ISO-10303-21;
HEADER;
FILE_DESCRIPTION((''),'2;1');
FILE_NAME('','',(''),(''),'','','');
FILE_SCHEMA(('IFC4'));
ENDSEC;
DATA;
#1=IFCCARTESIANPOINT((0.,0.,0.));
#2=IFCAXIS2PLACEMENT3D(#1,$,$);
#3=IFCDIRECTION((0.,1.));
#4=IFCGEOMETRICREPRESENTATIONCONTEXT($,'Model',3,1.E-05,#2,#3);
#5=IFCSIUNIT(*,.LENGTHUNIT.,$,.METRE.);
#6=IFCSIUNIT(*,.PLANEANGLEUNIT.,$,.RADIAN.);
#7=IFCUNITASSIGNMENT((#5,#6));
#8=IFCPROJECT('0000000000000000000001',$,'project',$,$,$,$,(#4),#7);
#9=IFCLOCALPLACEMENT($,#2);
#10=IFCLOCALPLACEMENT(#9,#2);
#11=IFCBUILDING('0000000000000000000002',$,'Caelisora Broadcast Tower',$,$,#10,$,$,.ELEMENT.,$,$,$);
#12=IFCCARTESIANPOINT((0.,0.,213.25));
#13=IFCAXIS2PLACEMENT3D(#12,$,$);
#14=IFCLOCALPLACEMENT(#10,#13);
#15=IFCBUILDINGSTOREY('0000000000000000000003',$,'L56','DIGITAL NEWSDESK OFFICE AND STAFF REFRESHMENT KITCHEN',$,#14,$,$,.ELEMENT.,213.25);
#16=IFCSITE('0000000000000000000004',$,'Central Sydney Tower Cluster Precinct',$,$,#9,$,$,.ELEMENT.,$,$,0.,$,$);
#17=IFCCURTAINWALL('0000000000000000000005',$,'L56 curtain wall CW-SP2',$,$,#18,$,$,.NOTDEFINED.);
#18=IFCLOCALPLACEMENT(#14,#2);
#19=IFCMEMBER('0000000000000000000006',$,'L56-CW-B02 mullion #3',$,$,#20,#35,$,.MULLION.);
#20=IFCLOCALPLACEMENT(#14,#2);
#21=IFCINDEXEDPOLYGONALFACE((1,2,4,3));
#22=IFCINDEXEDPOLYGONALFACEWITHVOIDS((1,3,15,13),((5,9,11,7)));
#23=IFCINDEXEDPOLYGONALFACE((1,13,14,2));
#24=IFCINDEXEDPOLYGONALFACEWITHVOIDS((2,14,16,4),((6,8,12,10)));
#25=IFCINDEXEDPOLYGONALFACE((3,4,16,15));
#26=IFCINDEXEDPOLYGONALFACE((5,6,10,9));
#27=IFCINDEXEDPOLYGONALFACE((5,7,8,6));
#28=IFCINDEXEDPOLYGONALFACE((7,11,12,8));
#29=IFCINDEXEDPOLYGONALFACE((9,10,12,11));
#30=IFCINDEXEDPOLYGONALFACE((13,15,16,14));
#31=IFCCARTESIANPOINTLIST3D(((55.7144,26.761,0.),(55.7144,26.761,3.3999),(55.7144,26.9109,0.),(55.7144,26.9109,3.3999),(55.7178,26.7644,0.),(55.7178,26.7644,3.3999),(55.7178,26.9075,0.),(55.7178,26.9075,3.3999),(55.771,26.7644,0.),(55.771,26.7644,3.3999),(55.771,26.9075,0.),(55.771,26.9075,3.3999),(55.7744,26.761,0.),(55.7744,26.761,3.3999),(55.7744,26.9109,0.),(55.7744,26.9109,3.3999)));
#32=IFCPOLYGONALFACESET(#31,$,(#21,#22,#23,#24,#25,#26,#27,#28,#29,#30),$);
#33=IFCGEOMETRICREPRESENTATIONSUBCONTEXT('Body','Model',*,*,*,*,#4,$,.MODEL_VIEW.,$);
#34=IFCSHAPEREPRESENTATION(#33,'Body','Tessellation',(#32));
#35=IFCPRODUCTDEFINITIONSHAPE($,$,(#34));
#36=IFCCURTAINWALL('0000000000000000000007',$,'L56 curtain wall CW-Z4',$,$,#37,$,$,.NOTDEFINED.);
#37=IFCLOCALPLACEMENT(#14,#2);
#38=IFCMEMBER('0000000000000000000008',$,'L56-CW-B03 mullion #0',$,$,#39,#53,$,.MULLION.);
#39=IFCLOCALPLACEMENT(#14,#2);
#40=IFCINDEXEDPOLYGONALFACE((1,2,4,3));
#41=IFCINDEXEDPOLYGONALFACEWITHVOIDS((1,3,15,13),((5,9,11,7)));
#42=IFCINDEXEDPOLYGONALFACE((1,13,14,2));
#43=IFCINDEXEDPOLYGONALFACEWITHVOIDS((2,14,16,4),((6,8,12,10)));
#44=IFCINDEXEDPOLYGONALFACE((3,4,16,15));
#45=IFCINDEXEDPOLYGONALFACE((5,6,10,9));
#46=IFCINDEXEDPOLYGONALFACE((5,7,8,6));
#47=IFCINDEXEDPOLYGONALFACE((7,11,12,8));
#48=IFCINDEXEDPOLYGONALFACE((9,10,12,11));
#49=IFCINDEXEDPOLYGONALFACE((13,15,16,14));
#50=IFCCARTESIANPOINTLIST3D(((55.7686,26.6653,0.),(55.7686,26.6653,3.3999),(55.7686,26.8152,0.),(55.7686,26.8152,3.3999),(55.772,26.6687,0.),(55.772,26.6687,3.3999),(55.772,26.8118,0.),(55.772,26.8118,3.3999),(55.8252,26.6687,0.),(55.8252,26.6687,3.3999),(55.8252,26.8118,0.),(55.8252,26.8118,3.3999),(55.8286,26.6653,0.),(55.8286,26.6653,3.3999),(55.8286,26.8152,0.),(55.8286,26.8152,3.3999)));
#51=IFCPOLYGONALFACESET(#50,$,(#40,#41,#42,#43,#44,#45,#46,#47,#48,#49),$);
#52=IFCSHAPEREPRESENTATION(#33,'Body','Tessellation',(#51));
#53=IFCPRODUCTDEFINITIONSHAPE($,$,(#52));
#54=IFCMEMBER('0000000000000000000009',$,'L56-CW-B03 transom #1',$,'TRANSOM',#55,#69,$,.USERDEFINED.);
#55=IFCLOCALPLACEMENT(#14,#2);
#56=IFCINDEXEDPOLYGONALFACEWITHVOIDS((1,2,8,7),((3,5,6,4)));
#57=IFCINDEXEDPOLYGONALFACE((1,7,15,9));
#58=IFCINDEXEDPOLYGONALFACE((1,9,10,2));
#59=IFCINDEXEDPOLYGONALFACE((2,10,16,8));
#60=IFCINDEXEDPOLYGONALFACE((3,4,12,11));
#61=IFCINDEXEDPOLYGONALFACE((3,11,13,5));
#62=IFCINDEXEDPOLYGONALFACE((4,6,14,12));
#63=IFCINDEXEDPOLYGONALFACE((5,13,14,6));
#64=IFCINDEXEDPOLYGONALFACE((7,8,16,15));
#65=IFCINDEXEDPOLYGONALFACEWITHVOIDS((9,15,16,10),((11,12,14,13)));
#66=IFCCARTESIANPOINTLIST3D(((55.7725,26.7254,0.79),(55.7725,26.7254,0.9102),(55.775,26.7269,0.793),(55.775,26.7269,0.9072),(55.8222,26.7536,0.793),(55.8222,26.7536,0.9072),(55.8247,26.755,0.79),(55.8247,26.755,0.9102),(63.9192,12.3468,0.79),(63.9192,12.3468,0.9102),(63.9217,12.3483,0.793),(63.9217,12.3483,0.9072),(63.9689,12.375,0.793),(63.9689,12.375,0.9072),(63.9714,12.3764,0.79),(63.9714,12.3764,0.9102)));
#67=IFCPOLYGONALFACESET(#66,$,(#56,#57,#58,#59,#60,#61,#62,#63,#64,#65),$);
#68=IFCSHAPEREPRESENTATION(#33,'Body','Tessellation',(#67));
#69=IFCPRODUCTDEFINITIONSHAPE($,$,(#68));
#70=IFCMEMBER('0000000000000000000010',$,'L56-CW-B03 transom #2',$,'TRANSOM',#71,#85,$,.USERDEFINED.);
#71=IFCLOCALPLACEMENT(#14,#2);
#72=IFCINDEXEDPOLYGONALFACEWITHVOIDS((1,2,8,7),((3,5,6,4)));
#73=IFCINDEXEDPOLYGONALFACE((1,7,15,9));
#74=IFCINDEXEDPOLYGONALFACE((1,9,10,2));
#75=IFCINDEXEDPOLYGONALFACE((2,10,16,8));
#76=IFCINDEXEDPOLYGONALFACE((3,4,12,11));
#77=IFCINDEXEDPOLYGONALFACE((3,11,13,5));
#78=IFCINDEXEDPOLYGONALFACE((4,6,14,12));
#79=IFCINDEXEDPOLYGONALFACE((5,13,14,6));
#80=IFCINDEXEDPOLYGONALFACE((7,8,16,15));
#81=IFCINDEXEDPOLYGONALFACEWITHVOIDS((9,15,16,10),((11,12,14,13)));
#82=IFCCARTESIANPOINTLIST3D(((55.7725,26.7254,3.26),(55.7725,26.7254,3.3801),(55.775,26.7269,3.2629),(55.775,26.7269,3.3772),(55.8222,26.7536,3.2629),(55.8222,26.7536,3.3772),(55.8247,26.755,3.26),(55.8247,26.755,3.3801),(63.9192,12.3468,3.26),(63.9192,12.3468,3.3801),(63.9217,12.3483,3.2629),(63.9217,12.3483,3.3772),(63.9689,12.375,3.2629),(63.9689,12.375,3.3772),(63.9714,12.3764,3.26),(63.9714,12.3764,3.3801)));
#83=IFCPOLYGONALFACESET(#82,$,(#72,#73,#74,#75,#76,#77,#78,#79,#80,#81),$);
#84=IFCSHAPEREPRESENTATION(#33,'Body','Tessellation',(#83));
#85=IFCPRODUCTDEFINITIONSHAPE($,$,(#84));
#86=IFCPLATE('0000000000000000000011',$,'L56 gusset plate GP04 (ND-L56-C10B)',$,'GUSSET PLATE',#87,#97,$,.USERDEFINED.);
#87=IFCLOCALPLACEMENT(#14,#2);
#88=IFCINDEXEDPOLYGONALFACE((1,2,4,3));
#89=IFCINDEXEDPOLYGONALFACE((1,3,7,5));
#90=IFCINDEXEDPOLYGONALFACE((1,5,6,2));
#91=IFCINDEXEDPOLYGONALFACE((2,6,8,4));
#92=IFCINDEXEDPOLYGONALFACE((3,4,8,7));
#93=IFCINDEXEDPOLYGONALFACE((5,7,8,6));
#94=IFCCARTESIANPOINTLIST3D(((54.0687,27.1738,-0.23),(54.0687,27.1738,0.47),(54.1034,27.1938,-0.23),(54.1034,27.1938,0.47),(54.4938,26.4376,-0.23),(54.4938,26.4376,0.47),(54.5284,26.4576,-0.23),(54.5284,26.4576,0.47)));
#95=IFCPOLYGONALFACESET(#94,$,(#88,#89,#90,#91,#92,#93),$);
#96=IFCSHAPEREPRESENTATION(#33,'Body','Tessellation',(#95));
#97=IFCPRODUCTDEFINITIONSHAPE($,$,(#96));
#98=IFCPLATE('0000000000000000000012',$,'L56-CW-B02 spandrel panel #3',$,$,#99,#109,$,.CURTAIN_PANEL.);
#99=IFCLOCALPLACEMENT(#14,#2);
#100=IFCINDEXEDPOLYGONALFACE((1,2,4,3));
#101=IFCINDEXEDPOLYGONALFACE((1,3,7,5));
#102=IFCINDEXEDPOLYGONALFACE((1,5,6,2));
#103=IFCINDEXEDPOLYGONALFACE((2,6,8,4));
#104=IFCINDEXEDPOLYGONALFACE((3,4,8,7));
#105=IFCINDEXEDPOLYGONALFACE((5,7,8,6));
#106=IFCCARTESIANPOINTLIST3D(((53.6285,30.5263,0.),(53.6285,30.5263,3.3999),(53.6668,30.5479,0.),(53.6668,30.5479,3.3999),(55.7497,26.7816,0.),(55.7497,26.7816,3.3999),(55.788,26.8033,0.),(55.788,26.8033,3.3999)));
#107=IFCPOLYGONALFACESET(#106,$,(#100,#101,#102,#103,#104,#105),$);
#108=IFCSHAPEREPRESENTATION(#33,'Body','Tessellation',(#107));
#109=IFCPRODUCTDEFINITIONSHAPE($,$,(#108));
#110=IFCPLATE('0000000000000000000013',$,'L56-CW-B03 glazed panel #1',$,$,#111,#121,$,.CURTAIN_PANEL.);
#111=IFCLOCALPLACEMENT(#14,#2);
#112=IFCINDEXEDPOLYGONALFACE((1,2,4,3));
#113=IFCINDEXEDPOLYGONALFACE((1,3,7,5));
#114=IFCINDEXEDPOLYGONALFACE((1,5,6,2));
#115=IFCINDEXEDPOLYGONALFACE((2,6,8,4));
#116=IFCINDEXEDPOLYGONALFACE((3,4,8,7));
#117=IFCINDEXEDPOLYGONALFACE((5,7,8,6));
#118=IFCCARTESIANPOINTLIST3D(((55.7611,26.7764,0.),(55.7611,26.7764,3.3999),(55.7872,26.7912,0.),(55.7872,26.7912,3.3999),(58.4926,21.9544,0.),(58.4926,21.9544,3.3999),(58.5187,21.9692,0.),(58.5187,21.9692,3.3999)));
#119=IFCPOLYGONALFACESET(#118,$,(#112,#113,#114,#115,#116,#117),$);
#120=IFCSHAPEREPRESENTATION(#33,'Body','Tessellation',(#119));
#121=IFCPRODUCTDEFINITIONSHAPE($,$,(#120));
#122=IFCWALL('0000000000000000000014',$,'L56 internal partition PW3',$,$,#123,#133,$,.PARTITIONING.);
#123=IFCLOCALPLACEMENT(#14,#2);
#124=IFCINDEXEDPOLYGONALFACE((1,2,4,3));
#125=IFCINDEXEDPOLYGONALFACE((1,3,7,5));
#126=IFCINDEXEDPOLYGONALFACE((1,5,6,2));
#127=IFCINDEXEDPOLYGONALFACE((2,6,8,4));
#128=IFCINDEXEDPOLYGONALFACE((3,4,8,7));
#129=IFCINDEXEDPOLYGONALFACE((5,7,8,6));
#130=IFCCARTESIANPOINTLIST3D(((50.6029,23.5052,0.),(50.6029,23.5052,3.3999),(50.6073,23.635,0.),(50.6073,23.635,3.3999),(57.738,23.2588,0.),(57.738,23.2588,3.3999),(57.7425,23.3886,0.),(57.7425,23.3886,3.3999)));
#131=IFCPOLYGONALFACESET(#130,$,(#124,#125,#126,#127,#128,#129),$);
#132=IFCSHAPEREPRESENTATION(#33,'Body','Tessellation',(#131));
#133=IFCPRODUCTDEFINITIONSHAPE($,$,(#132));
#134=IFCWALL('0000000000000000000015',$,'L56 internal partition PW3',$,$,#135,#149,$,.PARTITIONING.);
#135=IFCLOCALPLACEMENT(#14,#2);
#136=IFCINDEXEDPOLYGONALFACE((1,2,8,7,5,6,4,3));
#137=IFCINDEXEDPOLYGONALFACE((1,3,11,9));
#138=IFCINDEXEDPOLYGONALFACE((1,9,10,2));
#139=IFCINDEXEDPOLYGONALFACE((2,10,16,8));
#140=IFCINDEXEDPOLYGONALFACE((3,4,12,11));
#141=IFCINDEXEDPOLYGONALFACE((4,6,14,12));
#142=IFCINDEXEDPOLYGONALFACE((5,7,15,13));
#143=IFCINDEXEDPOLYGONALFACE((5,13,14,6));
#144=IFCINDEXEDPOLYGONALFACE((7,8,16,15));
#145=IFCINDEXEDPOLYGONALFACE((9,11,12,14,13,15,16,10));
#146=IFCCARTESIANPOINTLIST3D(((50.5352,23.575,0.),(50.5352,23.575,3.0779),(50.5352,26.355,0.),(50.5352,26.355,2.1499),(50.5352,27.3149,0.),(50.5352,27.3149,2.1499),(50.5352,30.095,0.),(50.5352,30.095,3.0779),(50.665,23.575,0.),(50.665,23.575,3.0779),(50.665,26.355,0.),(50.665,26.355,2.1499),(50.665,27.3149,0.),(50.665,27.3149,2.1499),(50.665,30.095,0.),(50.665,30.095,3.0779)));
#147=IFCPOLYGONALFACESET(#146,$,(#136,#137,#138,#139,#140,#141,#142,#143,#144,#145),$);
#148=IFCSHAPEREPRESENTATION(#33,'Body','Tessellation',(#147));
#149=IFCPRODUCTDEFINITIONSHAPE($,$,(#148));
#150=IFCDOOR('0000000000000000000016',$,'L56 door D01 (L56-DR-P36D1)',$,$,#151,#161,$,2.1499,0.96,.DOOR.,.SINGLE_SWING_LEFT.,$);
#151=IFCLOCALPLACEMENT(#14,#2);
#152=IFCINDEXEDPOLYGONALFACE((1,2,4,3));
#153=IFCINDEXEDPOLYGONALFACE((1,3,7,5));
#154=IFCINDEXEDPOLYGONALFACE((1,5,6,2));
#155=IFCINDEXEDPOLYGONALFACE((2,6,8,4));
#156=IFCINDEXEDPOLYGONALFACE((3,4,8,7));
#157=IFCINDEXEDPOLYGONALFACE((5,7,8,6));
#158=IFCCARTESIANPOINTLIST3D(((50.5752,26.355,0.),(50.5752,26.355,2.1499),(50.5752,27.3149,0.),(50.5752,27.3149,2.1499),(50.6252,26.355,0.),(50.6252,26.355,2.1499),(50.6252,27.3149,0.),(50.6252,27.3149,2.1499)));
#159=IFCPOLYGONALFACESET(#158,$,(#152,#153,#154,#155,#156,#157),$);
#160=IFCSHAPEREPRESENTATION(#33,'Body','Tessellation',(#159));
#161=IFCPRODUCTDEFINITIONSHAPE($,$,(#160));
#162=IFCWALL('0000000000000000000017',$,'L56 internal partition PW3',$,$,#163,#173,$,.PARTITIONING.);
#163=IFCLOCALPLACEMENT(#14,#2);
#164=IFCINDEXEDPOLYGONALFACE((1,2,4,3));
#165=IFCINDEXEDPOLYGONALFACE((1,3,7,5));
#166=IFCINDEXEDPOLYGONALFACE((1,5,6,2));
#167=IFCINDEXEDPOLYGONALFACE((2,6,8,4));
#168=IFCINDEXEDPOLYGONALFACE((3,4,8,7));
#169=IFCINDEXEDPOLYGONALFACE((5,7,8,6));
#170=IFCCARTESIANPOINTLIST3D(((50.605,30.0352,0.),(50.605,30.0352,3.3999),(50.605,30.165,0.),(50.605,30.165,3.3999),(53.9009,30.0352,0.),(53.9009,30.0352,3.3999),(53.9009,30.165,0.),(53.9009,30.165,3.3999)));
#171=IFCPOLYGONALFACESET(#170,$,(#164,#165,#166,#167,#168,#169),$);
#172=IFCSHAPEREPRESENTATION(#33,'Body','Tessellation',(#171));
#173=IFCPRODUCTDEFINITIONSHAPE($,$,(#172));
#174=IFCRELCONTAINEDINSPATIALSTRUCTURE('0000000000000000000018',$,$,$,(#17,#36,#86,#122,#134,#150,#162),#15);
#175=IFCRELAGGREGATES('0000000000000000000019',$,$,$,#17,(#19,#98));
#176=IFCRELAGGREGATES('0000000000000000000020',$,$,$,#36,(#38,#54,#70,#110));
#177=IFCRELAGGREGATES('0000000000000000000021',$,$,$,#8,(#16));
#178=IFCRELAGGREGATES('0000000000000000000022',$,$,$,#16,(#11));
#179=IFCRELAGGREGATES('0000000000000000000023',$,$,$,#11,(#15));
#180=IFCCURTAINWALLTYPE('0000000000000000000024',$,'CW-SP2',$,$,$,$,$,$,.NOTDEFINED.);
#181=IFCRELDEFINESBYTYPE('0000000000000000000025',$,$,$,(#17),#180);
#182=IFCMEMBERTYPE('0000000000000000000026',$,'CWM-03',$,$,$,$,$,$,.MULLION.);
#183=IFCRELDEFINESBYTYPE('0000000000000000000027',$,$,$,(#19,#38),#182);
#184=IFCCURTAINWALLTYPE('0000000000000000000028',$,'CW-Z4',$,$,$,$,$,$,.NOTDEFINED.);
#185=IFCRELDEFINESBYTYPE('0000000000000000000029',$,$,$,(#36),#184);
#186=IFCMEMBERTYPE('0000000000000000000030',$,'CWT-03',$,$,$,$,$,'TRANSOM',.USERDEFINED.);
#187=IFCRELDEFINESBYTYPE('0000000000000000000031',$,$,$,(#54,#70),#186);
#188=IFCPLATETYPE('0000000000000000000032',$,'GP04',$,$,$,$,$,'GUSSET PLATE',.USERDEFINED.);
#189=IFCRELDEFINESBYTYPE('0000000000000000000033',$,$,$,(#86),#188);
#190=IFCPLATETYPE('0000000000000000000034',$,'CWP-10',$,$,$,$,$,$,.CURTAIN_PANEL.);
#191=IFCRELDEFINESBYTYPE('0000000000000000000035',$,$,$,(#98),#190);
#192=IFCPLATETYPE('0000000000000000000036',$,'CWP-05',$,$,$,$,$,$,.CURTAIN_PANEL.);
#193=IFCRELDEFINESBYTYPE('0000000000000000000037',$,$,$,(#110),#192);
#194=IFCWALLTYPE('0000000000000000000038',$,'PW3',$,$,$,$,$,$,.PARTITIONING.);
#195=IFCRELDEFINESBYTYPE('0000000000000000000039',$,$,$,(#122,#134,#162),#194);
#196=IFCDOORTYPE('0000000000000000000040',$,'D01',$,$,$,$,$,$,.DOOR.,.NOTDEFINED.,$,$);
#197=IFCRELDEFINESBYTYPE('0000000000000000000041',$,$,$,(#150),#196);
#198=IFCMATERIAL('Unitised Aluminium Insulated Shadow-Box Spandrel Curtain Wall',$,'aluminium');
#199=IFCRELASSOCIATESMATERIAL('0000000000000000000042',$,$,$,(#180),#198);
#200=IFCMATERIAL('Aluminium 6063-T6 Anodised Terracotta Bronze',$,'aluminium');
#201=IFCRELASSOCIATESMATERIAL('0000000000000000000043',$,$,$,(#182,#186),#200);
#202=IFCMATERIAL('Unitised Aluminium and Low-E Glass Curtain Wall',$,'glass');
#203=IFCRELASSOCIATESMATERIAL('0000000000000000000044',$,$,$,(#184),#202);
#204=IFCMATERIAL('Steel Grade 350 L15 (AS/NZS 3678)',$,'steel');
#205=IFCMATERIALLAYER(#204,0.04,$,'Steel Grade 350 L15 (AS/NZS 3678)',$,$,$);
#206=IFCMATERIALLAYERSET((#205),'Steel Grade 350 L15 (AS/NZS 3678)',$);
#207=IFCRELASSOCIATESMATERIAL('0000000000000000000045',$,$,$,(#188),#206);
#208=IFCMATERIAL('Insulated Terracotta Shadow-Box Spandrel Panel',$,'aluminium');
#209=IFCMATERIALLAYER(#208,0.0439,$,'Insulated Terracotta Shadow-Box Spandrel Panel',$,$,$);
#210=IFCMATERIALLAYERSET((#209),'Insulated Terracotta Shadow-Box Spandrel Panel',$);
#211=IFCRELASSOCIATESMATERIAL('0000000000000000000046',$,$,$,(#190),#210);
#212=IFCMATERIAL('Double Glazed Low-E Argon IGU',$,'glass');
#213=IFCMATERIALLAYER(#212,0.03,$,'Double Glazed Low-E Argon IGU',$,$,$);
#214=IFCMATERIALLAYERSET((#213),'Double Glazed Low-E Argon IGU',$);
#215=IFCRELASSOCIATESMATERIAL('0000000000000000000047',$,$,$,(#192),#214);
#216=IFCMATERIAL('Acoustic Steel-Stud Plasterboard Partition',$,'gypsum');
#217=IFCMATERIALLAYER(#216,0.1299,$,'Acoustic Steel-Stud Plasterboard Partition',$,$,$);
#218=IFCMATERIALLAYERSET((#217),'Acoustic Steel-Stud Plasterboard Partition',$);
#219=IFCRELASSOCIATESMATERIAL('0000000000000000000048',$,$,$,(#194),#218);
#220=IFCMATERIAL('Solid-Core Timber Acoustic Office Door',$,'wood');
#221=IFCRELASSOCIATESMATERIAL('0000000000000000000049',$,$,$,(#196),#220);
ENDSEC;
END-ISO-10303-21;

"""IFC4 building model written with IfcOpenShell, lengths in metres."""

from ifc_helpers import new_model, si_unit, direction, frame, frame_2d, origin, origin_2d, place, context, subcontext, project, spatial, rectangle, hollow_rectangle, extrude, source, transform, mapped, material, layer, layer_set, material_profile, profile_set, type_object, type_shapes, element, fill, aggregate, save


model = new_model("IFC4")

# Units and contexts
model_context = context("Model", 3, precision=1e-05, world=origin(), true_north=direction((0.0, 1.0)))
body_context = subcontext(model_context, "Body", "Model", "MODEL_VIEW")
ifc_project = project(units=[si_unit("LENGTHUNIT", "METRE"), si_unit("PLANEANGLEUNIT", "RADIAN")], contexts=[model_context])

# Site, building, storey
site_placement = place(None, origin())
site = spatial("IfcSite", under=ifc_project, at=site_placement, Name="Central Sydney Tower Cluster Precinct", CompositionType="ELEMENT", RefElevation=0.0)
building_placement = place(site_placement, origin())
building = spatial("IfcBuilding", under=site, at=building_placement, Name="Caelisora Broadcast Tower", CompositionType="ELEMENT")
storey_placement = place(building_placement, frame((0.0, 0.0, 213.25)))
storey = spatial("IfcBuildingStorey", under=building, at=storey_placement, Name="L56", Description="DIGITAL NEWSDESK OFFICE AND STAFF REFRESHMENT KITCHEN", CompositionType="ELEMENT", Elevation=213.25)

# Shared definitions
ifc_material_1 = material(Name="Steel Grade 350 L15 (AS/NZS 3678)", Category="steel")

# Curtain walls, members
ifc_material_2 = material(Name="Unitised Aluminium Insulated Shadow-Box Spandrel Curtain Wall", Category="aluminium")
curtain_wall_type_1 = type_object("IfcCurtainWallType", Name="CW-SP2", PredefinedType="NOTDEFINED", material=ifc_material_2)
curtain_wall_1_placement = place(storey_placement, origin())
curtain_wall_1 = element("IfcCurtainWall", 1, at=curtain_wall_1_placement, inside=storey, type_object=curtain_wall_type_1, Name="L56 curtain wall CW-SP2", PredefinedType="NOTDEFINED")
ifc_material_3 = material(Name="Aluminium 6063-T6 Anodised Terracotta Bronze", Category="aluminium")
ifc_material_profile_1 = material_profile(ifc_material_3, hollow_rectangle(XDim=0.0601, YDim=0.1499, WallThickness=0.0034, at=origin_2d()), Name="Aluminium 6063-T6 Anodised Terracotta Bronze")
ifc_profile_set_1 = profile_set([ifc_material_profile_1], Name="Aluminium 6063-T6 Anodised Terracotta Bronze")
member_type_1 = type_object("IfcMemberType", Name="CWM-03", PredefinedType="MULLION", material=ifc_profile_set_1)
shared_shape_1 = source(origin(), body_context, "Body", "SweptSolid", [
    extrude(hollow_rectangle(XDim=0.0601, YDim=0.1499, WallThickness=0.0034, at=origin_2d()), origin(), (0.0, 0.0, 1.0), 3.3999),
])
type_shapes(member_type_1, [shared_shape_1])
member_1_placement = place(storey_placement, frame((55.7444, 26.8359, 0.0), z_axis=(0.0, 0.0, 1.0), x_axis=(1.0, 0.0, 0.0)))
member_1 = element("IfcMember", 2, at=member_1_placement, type_object=member_type_1, Name="L56-CW-B02 mullion #3", PredefinedType="MULLION", context=body_context, shape_type="MappedRepresentation", body=[
    mapped(shared_shape_1, transform((0.0, 0.0, 0.0), scale=1.0)),
])
ifc_material_4 = material(Name="Unitised Aluminium and Low-E Glass Curtain Wall", Category="glass")
curtain_wall_type_2 = type_object("IfcCurtainWallType", Name="CW-Z4", PredefinedType="NOTDEFINED", material=ifc_material_4)
curtain_wall_2_placement = place(storey_placement, origin())
curtain_wall_2 = element("IfcCurtainWall", 3, at=curtain_wall_2_placement, inside=storey, type_object=curtain_wall_type_2, Name="L56 curtain wall CW-Z4", PredefinedType="NOTDEFINED")
member_2_placement = place(storey_placement, frame((55.7986, 26.7402, 0.0), z_axis=(0.0, 0.0, 1.0), x_axis=(1.0, 0.0, 0.0)))
member_2 = element("IfcMember", 4, at=member_2_placement, type_object=member_type_1, Name="L56-CW-B03 mullion #0", PredefinedType="MULLION", context=body_context, shape_type="MappedRepresentation", body=[
    mapped(shared_shape_1, transform((0.0, 0.0, 0.0), scale=1.0)),
])
ifc_material_profile_2 = material_profile(ifc_material_3, hollow_rectangle(XDim=0.0601, YDim=0.1201, WallThickness=0.0029, at=origin_2d()), Name="Aluminium 6063-T6 Anodised Terracotta Bronze")
ifc_profile_set_2 = profile_set([ifc_material_profile_2], Name="Aluminium 6063-T6 Anodised Terracotta Bronze")
member_type_2 = type_object("IfcMemberType", Name="CWT-03", ElementType="TRANSOM", PredefinedType="USERDEFINED", material=ifc_profile_set_2)
shared_shape_2 = source(origin(), body_context, "Body", "SweptSolid", [
    extrude(hollow_rectangle(XDim=0.0601, YDim=0.1201, WallThickness=0.0029, at=origin_2d()), origin(), (0.0, 0.0, 1.0), 16.5261),
])
type_shapes(member_type_2, [shared_shape_2])
member_3_placement = place(storey_placement, frame((55.7986, 26.7402, 0.8501), z_axis=(0.492959, -0.870053, 0.0), x_axis=(0.870053, 0.492959, 0.0)))
member_3 = element("IfcMember", 5, at=member_3_placement, type_object=member_type_2, Name="L56-CW-B03 transom #1", ObjectType="TRANSOM", PredefinedType="USERDEFINED", context=body_context, shape_type="MappedRepresentation", body=[
    mapped(shared_shape_2, transform((0.0, 0.0, 0.0), scale=1.0)),
])
member_4_placement = place(storey_placement, frame((55.7986, 26.7402, 3.3201), z_axis=(0.492959, -0.870053, 0.0), x_axis=(0.870053, 0.492959, 0.0)))
member_4 = element("IfcMember", 6, at=member_4_placement, type_object=member_type_2, Name="L56-CW-B03 transom #2", ObjectType="TRANSOM", PredefinedType="USERDEFINED", context=body_context, shape_type="MappedRepresentation", body=[
    mapped(shared_shape_2, transform((0.0, 0.0, 0.0), scale=1.0)),
])

# Plates
ifc_layer_1 = layer(ifc_material_1, 0.04, Name="Steel Grade 350 L15 (AS/NZS 3678)")
ifc_layer_set_1 = layer_set([ifc_layer_1], Name="Steel Grade 350 L15 (AS/NZS 3678)")
plate_type_1 = type_object("IfcPlateType", Name="GP04", ElementType="GUSSET PLATE", PredefinedType="USERDEFINED", material=ifc_layer_set_1)
shared_shape_3 = source(origin(), body_context, "Body", "SweptSolid", [
    extrude(rectangle(XDim=0.8501, YDim=0.04, at=origin_2d()), origin(), (0.0, 0.0, 1.0), 0.7),
])
type_shapes(plate_type_1, [shared_shape_3])
plate_1_placement = place(storey_placement, frame((54.2986, 26.8157, -0.23), z_axis=(0.0, 0.0, 1.0), x_axis=(-0.5, 0.866025, 0.0)))
element("IfcPlate", 7, at=plate_1_placement, inside=storey, type_object=plate_type_1, Name="L56 gusset plate GP04 (ND-L56-C10B)", ObjectType="GUSSET PLATE", PredefinedType="USERDEFINED", context=body_context, shape_type="MappedRepresentation", body=[
    mapped(shared_shape_3, transform((0.0, 0.0, 0.0), scale=1.0)),
])
ifc_material_5 = material(Name="Insulated Terracotta Shadow-Box Spandrel Panel", Category="aluminium")
ifc_layer_2 = layer(ifc_material_5, 0.0439, Name="Insulated Terracotta Shadow-Box Spandrel Panel")
ifc_layer_set_2 = layer_set([ifc_layer_2], Name="Insulated Terracotta Shadow-Box Spandrel Panel")
plate_type_2 = type_object("IfcPlateType", Name="CWP-10", PredefinedType="CURTAIN_PANEL", material=ifc_layer_set_2)
shared_shape_4 = source(origin(), body_context, "Body", "SweptSolid", [
    extrude(rectangle(XDim=4.3037, YDim=0.0439, at=origin_2d()), origin(), (0.0, 0.0, 1.0), 3.3999),
])
type_shapes(plate_type_2, [shared_shape_4])
plate_2_placement = place(storey_placement, frame((54.7083, 28.6648, 0.0), z_axis=(0.0, 0.0, 1.0), x_axis=(0.492879, -0.870098, 0.0)))
plate_2 = element("IfcPlate", 8, at=plate_2_placement, type_object=plate_type_2, Name="L56-CW-B02 spandrel panel #3", PredefinedType="CURTAIN_PANEL", context=body_context, shape_type="MappedRepresentation", body=[
    mapped(shared_shape_4, transform((0.0, 0.0, 0.0), scale=1.0)),
])
aggregate(curtain_wall_1, [member_1, plate_2])
ifc_material_6 = material(Name="Double Glazed Low-E Argon IGU", Category="glass")
ifc_layer_3 = layer(ifc_material_6, 0.03, Name="Double Glazed Low-E Argon IGU")
ifc_layer_set_3 = layer_set([ifc_layer_3], Name="Double Glazed Low-E Argon IGU")
plate_type_3 = type_object("IfcPlateType", Name="CWP-05", PredefinedType="CURTAIN_PANEL", material=ifc_layer_set_3)
shared_shape_5 = source(origin(), body_context, "Body", "SweptSolid", [
    extrude(rectangle(XDim=5.542, YDim=0.03, at=origin_2d()), origin(), (0.0, 0.0, 1.0), 3.3999),
])
type_shapes(plate_type_3, [shared_shape_5])
plate_3_placement = place(storey_placement, frame((57.1399, 24.3728, 0.0), z_axis=(0.0, 0.0, 1.0), x_axis=(0.492879, -0.870098, 0.0)))
plate_3 = element("IfcPlate", 9, at=plate_3_placement, type_object=plate_type_3, Name="L56-CW-B03 glazed panel #1", PredefinedType="CURTAIN_PANEL", context=body_context, shape_type="MappedRepresentation", body=[
    mapped(shared_shape_5, transform((0.0, 0.0, 0.0), scale=1.0)),
])
aggregate(curtain_wall_2, [member_2, member_3, member_4, plate_3])

# Wall
ifc_material_7 = material(Name="Acoustic Steel-Stud Plasterboard Partition", Category="gypsum")
ifc_layer_4 = layer(ifc_material_7, 0.1299, Name="Acoustic Steel-Stud Plasterboard Partition")
ifc_layer_set_4 = layer_set([ifc_layer_4], Name="Acoustic Steel-Stud Plasterboard Partition")
wall_type = type_object("IfcWallType", Name="PW3", PredefinedType="PARTITIONING", material=ifc_layer_set_4)
wall_1_placement = place(storey_placement, frame((50.605, 23.5701, 0.0), z_axis=(0.0, 0.0, 1.0), x_axis=(0.999405, -0.034503, 0.0)))
element("IfcWall", 10, at=wall_1_placement, inside=storey, type_object=wall_type, Name="L56 internal partition PW3", PredefinedType="PARTITIONING", context=body_context, shape_type="SweptSolid", body=[
    extrude(rectangle(XDim=7.1394, YDim=0.1299, at=frame_2d((3.5698, 0.0))), origin(), (0.0, 0.0, 1.0), 3.3999),
])

# Wall, opening, door
wall_2_placement = place(storey_placement, frame((50.6001, 23.575, 0.0), z_axis=(0.0, 0.0, 1.0), x_axis=(0.0, 1.0, 0.0)))
wall_2 = element("IfcWall", 11, at=wall_2_placement, inside=storey, type_object=wall_type, Name="L56 internal partition PW3", PredefinedType="PARTITIONING", context=body_context, shape_type="SweptSolid", body=[
    extrude(rectangle(XDim=6.52, YDim=0.1299, at=frame_2d((3.26, 0.0))), origin(), (0.0, 0.0, 1.0), 3.0779),
])
opening_placement = place(wall_2_placement, frame((2.78, 0.0, 0.0)))
opening = element("IfcOpeningElement", 12, at=opening_placement, cuts=wall_2, PredefinedType="OPENING", context=body_context, shape_type="SweptSolid", body=[
    extrude(rectangle(XDim=0.96, YDim=2.1499, at=frame_2d((0.48, 1.075))), frame((0.0, 0.0769, 0.0), z_axis=(0.0, -1.0, 0.0), x_axis=(1.0, 0.0, 0.0)), (0.0, 0.0, 1.0), 0.1538),
])
ifc_material_8 = material(Name="Solid-Core Timber Acoustic Office Door", Category="wood")
door_type = type_object("IfcDoorType", Name="D01", OperationType="NOTDEFINED", PredefinedType="DOOR", material=ifc_material_8)
door_placement = place(opening_placement, origin())
door = element("IfcDoor", 13, at=door_placement, inside=storey, type_object=door_type, Name="L56 door D01 (L56-DR-P36D1)", OperationType="SINGLE_SWING_LEFT", OverallHeight=2.1499, OverallWidth=0.96, PredefinedType="DOOR", context=body_context, shape_type="SweptSolid", body=[
    extrude(rectangle(XDim=0.96, YDim=2.1499, at=frame_2d((0.48, 1.075))), frame((0.0, 0.0249, 0.0), z_axis=(0.0, -1.0, 0.0), x_axis=(1.0, 0.0, 0.0)), (0.0, 0.0, 1.0), 0.05),
])
fill(opening, door)

# Wall
wall_3_placement = place(storey_placement, frame((50.605, 30.1001, 0.0), z_axis=(0.0, 0.0, 1.0), x_axis=(1.0, 0.0, 0.0)))
element("IfcWall", 14, at=wall_3_placement, inside=storey, type_object=wall_type, Name="L56 internal partition PW3", PredefinedType="PARTITIONING", context=body_context, shape_type="SweptSolid", body=[
    extrude(rectangle(XDim=3.2959, YDim=0.1299, at=frame_2d((1.6479, 0.0))), origin(), (0.0, 0.0, 1.0), 3.3999),
])

save(model, "model.ifc")
